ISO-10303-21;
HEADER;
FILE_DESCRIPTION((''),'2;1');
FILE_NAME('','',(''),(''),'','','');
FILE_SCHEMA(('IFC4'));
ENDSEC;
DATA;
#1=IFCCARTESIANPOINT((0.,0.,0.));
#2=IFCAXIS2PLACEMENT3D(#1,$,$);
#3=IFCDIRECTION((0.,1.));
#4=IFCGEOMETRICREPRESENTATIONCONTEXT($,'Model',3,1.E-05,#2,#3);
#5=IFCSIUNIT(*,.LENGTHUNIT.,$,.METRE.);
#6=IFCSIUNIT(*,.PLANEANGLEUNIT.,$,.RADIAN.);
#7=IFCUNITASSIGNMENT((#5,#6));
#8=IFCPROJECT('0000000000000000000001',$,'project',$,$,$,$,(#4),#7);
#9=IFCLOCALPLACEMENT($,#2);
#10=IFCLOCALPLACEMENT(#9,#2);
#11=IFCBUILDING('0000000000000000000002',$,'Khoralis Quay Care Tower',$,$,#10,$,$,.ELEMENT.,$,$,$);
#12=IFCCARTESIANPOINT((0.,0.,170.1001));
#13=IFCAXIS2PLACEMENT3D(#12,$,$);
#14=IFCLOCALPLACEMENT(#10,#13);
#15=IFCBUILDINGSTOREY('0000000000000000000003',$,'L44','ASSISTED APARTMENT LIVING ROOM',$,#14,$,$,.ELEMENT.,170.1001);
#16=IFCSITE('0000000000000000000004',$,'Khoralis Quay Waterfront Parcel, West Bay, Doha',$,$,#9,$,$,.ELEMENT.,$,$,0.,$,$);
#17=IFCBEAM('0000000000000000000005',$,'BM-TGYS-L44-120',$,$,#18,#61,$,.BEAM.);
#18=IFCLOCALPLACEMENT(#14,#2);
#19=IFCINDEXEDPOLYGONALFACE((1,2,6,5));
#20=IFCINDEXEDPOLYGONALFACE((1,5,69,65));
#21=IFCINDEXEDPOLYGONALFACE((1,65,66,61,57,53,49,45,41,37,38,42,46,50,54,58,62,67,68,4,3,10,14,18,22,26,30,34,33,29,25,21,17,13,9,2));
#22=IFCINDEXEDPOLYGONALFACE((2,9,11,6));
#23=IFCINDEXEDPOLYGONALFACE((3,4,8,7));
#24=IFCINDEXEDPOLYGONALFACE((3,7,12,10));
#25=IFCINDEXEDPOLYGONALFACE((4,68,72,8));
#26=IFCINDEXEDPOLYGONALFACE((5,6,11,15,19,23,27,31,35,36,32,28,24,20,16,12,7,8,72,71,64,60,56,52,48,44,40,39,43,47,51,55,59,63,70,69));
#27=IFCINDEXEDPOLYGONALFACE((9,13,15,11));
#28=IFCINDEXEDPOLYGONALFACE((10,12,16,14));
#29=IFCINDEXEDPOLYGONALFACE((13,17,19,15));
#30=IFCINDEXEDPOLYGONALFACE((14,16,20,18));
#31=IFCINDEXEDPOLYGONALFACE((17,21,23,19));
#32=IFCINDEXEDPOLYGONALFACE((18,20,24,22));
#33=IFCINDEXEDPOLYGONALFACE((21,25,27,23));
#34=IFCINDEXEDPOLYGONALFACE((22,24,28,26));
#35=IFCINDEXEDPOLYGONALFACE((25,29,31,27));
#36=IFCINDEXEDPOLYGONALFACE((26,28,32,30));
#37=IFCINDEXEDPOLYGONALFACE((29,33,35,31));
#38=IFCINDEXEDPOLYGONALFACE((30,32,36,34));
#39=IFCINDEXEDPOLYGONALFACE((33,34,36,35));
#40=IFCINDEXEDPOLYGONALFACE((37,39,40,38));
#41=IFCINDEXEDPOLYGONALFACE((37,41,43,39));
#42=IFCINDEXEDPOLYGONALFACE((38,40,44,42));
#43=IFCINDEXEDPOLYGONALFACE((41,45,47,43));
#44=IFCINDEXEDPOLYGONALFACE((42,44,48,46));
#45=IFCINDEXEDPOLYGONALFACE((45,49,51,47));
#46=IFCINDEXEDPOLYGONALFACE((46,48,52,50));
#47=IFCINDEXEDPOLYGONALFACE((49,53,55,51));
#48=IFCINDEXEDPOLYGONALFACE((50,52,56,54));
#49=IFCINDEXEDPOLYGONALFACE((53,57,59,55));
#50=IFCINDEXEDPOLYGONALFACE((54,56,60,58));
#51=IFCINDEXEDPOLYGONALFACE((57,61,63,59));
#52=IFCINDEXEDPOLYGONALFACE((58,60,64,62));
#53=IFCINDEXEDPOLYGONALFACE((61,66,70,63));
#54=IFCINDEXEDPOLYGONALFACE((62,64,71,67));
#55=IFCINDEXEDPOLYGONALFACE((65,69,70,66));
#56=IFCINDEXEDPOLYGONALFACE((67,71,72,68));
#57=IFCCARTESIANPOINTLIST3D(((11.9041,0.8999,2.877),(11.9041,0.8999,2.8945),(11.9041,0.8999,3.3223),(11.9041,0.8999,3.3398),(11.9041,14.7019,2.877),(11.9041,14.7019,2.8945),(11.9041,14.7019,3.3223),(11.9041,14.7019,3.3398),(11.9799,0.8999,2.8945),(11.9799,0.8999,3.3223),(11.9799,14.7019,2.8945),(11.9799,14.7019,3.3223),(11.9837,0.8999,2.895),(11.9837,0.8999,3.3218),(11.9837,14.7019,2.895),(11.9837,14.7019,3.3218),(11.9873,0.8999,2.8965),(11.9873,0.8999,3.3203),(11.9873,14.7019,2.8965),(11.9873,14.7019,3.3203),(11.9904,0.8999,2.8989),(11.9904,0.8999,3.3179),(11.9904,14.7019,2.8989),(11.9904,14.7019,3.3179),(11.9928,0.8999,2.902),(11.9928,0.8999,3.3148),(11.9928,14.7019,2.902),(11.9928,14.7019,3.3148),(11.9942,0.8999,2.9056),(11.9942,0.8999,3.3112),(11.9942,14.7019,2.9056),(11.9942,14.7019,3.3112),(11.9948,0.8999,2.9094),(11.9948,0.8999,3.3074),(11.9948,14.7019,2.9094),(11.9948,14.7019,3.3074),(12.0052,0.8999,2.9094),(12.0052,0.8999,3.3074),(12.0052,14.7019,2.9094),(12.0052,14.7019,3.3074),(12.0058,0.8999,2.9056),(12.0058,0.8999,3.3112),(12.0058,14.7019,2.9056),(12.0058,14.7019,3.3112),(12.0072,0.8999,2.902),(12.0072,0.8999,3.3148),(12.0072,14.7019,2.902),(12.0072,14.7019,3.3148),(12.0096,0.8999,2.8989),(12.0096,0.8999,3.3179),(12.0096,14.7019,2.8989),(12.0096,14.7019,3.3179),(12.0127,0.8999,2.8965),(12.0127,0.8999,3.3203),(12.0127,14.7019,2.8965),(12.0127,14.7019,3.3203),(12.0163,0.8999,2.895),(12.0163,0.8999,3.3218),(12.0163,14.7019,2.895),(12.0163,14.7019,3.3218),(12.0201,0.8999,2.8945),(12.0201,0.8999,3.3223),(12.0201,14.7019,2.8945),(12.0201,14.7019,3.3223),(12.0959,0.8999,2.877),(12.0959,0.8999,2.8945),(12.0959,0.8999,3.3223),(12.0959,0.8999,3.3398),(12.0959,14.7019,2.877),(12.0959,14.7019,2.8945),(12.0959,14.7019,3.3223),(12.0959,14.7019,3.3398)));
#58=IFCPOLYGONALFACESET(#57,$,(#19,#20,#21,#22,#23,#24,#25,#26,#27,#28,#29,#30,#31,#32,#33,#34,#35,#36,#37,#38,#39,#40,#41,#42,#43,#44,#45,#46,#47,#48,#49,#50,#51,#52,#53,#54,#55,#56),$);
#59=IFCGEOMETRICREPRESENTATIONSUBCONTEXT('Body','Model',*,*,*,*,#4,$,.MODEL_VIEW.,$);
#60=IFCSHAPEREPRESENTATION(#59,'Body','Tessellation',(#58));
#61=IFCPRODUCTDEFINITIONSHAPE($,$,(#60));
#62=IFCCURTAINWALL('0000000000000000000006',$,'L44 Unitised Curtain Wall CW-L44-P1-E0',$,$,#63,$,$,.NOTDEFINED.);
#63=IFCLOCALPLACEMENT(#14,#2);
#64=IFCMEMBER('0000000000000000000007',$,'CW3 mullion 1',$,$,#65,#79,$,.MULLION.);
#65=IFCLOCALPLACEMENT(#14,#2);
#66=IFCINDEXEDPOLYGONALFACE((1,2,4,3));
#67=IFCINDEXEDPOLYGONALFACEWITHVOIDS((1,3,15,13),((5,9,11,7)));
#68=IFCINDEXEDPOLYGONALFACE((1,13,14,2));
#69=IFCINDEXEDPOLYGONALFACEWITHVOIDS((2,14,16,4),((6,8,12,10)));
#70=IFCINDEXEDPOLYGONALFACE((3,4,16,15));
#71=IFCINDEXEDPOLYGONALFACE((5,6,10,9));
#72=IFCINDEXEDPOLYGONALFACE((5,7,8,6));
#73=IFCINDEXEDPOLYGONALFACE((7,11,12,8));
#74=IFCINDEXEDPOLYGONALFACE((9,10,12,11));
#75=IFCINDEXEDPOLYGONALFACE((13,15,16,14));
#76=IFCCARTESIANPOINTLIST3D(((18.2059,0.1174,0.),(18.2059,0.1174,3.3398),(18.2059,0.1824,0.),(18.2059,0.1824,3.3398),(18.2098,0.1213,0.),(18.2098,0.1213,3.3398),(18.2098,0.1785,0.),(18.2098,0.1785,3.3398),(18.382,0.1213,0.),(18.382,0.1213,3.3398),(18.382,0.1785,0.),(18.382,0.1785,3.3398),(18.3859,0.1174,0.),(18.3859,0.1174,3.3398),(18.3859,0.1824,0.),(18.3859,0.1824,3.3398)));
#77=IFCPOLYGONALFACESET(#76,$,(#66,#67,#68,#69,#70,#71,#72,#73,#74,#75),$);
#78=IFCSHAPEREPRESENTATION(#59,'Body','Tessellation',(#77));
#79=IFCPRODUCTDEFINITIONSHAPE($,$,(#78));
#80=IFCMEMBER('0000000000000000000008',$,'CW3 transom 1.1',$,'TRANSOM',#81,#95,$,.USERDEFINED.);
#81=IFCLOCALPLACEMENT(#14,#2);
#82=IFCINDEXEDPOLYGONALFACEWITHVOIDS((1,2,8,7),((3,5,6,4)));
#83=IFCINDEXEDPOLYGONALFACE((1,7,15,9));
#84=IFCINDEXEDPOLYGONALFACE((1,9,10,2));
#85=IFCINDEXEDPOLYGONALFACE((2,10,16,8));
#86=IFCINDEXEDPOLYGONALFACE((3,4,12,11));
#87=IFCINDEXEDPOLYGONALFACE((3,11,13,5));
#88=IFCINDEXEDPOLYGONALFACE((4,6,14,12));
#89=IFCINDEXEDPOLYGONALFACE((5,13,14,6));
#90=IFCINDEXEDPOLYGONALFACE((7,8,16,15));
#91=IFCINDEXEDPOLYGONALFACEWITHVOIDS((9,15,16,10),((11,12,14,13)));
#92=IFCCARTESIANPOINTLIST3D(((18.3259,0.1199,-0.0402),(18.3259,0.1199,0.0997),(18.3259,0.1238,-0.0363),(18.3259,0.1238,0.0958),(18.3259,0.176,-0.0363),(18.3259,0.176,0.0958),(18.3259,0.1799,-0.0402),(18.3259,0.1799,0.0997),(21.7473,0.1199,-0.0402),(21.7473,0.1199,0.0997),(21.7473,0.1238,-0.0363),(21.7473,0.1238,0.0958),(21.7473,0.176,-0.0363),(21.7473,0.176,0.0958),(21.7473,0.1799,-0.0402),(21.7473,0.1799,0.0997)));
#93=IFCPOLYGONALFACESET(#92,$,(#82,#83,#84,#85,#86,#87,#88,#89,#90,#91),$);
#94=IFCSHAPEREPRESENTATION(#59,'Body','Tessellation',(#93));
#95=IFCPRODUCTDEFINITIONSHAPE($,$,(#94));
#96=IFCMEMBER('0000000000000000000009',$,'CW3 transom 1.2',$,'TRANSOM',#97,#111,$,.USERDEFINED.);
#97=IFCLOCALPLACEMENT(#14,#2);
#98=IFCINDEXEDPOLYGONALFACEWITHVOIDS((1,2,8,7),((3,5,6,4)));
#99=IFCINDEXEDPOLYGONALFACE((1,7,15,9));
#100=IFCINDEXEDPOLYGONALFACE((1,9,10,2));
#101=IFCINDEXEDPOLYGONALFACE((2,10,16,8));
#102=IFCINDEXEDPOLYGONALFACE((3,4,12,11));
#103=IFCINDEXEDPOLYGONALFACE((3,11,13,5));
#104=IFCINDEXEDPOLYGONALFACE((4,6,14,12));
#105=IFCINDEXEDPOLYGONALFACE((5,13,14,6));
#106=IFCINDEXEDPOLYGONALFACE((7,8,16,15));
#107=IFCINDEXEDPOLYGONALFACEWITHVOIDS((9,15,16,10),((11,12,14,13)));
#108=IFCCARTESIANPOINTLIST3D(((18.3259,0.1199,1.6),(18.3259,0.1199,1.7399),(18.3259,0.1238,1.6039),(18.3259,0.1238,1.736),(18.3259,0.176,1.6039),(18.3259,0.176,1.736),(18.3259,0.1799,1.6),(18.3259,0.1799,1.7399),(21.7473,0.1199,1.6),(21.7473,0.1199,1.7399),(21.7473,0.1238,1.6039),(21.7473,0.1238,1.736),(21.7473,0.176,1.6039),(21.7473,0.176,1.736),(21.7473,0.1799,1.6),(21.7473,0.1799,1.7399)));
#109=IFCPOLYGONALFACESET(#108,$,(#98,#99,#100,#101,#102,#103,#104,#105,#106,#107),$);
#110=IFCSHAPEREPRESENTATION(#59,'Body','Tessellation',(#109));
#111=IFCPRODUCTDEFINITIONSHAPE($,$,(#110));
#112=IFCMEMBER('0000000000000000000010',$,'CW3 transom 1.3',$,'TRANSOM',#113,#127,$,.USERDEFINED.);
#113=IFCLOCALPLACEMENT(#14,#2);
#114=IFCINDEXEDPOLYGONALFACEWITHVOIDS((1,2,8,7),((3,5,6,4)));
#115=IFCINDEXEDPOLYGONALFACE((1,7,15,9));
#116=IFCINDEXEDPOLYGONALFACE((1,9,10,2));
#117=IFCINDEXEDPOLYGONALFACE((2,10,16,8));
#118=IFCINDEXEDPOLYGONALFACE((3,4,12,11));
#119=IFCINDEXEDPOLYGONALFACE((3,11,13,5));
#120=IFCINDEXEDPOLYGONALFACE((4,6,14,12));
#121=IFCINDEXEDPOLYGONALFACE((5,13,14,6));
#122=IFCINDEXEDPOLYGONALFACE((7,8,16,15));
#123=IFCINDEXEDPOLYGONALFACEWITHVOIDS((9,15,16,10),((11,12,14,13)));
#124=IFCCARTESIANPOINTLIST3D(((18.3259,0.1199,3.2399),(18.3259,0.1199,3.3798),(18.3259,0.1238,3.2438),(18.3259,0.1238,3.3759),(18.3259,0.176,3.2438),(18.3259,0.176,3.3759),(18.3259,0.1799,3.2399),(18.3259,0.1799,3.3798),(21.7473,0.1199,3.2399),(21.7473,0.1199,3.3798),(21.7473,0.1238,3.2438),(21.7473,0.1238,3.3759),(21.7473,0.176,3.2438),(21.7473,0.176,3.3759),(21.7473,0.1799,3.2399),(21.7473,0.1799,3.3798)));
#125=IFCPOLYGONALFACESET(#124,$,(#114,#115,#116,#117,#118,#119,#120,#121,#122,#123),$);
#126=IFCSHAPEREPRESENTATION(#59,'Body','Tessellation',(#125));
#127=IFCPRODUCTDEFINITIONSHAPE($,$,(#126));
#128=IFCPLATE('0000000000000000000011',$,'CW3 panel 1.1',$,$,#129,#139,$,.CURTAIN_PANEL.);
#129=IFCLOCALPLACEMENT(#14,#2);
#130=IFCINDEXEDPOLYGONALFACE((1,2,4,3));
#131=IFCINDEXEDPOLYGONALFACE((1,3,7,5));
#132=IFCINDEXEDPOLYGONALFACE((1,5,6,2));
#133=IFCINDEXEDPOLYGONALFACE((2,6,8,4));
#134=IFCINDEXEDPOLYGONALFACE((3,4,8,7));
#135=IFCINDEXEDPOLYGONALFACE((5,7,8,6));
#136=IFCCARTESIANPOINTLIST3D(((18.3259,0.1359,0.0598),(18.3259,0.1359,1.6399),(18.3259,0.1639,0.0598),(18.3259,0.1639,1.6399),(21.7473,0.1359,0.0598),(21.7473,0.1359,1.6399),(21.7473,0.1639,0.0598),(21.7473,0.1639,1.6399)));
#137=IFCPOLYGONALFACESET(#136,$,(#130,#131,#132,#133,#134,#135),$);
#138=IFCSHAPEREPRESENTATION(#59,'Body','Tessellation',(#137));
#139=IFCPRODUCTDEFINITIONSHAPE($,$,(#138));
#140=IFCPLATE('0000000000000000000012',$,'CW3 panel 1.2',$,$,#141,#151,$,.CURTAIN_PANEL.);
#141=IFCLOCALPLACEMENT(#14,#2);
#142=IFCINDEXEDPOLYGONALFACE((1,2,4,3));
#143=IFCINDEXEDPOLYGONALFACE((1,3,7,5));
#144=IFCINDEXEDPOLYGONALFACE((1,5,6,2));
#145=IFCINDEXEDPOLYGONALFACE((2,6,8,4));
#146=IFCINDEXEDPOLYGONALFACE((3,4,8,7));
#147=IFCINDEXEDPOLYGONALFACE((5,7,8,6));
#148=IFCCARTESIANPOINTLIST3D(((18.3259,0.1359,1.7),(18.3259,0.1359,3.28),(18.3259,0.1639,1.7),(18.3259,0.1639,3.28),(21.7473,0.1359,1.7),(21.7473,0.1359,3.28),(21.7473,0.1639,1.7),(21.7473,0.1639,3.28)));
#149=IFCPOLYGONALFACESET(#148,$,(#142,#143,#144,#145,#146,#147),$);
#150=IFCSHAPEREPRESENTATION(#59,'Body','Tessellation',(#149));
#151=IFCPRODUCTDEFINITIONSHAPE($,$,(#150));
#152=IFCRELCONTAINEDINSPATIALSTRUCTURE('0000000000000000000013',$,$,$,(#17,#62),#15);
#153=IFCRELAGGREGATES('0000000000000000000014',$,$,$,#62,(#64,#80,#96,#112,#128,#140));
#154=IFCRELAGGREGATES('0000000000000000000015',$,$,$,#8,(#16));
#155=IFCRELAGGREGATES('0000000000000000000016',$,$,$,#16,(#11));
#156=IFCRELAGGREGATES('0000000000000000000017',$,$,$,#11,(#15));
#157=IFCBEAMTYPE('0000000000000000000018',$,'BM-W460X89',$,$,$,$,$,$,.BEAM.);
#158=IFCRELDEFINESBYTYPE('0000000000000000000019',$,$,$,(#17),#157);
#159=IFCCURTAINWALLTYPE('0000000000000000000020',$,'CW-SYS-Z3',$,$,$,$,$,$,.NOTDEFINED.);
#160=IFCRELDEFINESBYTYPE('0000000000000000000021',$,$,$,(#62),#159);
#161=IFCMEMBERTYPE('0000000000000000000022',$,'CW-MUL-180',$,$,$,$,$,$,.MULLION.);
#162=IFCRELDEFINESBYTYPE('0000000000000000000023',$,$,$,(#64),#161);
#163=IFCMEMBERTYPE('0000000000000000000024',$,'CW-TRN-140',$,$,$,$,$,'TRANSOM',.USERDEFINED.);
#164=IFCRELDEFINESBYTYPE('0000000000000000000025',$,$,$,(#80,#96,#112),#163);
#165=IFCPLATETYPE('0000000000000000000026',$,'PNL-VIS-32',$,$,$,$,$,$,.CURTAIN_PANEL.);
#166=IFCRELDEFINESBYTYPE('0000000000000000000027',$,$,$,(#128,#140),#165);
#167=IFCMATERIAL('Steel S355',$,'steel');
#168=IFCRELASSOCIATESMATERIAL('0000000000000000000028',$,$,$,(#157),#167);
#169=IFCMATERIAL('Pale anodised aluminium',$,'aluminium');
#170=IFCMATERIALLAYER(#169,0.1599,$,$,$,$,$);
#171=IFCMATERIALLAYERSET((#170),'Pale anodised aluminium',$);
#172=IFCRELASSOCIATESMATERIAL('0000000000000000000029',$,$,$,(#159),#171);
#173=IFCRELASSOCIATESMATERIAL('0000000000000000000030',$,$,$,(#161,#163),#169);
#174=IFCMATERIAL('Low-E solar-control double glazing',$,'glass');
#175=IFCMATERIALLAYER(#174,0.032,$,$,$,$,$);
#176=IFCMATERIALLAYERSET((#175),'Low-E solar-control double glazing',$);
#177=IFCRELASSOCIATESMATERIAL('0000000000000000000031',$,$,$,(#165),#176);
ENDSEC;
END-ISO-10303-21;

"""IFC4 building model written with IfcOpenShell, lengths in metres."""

from ifc_helpers import new_model, si_unit, direction, frame, origin, origin_2d, place, context, subcontext, project, spatial, rectangle, hollow_rectangle, i_section, extrude, source, transform, mapped, material, layer, layer_set, material_profile, profile_set, type_object, element, aggregate, save


model = new_model("IFC4")

# Units and contexts
model_context = context("Model", 3, precision=1e-05, world=origin(), true_north=direction((0.0, 1.0)))
body_context = subcontext(model_context, "Body", "Model", "MODEL_VIEW")
ifc_project = project(units=[si_unit("LENGTHUNIT", "METRE"), si_unit("PLANEANGLEUNIT", "RADIAN")], contexts=[model_context])

# Site, building, storey
site_placement = place(None, origin())
site = spatial("IfcSite", under=ifc_project, at=site_placement, Name="Khoralis Quay Waterfront Parcel, West Bay, Doha", CompositionType="ELEMENT", RefElevation=0.0)
building_placement = place(site_placement, origin())
building = spatial("IfcBuilding", under=site, at=building_placement, Name="Khoralis Quay Care Tower", CompositionType="ELEMENT")
storey_placement = place(building_placement, frame((0.0, 0.0, 170.1001)))
storey = spatial("IfcBuildingStorey", under=building, at=storey_placement, Name="L44", Description="ASSISTED APARTMENT LIVING ROOM", CompositionType="ELEMENT", Elevation=170.1001)

# Beam
ifc_material_1 = material(Name="Steel S355", Category="steel")
ifc_material_profile_1 = material_profile(ifc_material_1, i_section(OverallWidth=0.1919, OverallDepth=0.4629, WebThickness=0.0105, FlangeThickness=0.0176, FilletRadius=0.0149, at=origin_2d()), Name="Steel S355")
ifc_profile_set_1 = profile_set([ifc_material_profile_1], Name="Steel S355")
beam_type_1 = type_object("IfcBeamType", Name="BM-W460X89", PredefinedType="BEAM", material=ifc_profile_set_1)
shared_shape_1 = source(origin(), body_context, "Body", "SweptSolid", [
    extrude(i_section(OverallWidth=0.1919, OverallDepth=0.4629, WebThickness=0.0105, FlangeThickness=0.0176, FilletRadius=0.0149, at=origin_2d()), origin(), (0.0, 0.0, 1.0), 13.802),
])
beam_1_placement = place(storey_placement, frame((12.0, 0.8999, 3.1084), z_axis=(0.0, 1.0, 0.0), x_axis=(-1.0, 0.0, 0.0)))
element("IfcBeam", 1, at=beam_1_placement, inside=storey, type_object=beam_type_1, Name="BM-TGYS-L44-120", PredefinedType="BEAM", context=body_context, shape_type="MappedRepresentation", body=[
    mapped(shared_shape_1, transform((0.0, 0.0, 0.0), scale=1.0)),
])

# Curtain wall, members, plates
ifc_material_2 = material(Name="Pale anodised aluminium", Category="aluminium")
ifc_layer_1 = layer(ifc_material_2, 0.1599)
ifc_layer_set_1 = layer_set([ifc_layer_1], Name="Pale anodised aluminium")
curtain_wall_type = type_object("IfcCurtainWallType", Name="CW-SYS-Z3", PredefinedType="NOTDEFINED", material=ifc_layer_set_1)
curtain_wall_placement = place(storey_placement, origin())
curtain_wall = element("IfcCurtainWall", 2, at=curtain_wall_placement, inside=storey, type_object=curtain_wall_type, Name="L44 Unitised Curtain Wall CW-L44-P1-E0", PredefinedType="NOTDEFINED")
ifc_material_profile_2 = material_profile(ifc_material_2, hollow_rectangle(XDim=0.0649, YDim=0.1799, WallThickness=0.0039, at=origin_2d()), Name="Pale anodised aluminium")
ifc_profile_set_2 = profile_set([ifc_material_profile_2], Name="Pale anodised aluminium")
member_type_1 = type_object("IfcMemberType", Name="CW-MUL-180", PredefinedType="MULLION", material=ifc_profile_set_2)
shared_shape_2 = source(origin(), body_context, "Body", "SweptSolid", [
    extrude(hollow_rectangle(XDim=0.0649, YDim=0.1799, WallThickness=0.0039, at=origin_2d()), origin(), (0.0, 0.0, 1.0), 3.3398),
])
member_1_placement = place(storey_placement, frame((18.2959, 0.1499, 0.0), z_axis=(0.0, 0.0, 1.0), x_axis=(0.0, 1.0, 0.0)))
member_1 = element("IfcMember", 3, at=member_1_placement, type_object=member_type_1, Name="CW3 mullion 1", PredefinedType="MULLION", context=body_context, shape_type="MappedRepresentation", body=[
    mapped(shared_shape_2, transform((0.0, 0.0, 0.0), scale=1.0)),
])
ifc_material_profile_3 = material_profile(ifc_material_2, hollow_rectangle(XDim=0.0601, YDim=0.1399, WallThickness=0.0039, at=origin_2d()), Name="Pale anodised aluminium")
ifc_profile_set_3 = profile_set([ifc_material_profile_3], Name="Pale anodised aluminium")
member_type_2 = type_object("IfcMemberType", Name="CW-TRN-140", ElementType="TRANSOM", PredefinedType="USERDEFINED", material=ifc_profile_set_3)
shared_shape_3 = source(origin(), body_context, "Body", "SweptSolid", [
    extrude(hollow_rectangle(XDim=0.0601, YDim=0.1399, WallThickness=0.0039, at=origin_2d()), origin(), (0.0, 0.0, 1.0), 3.4214),
])
member_2_placement = place(storey_placement, frame((18.3259, 0.1499, 0.0298), z_axis=(1.0, 0.0, 0.0), x_axis=(0.0, 1.0, 0.0)))
member_2 = element("IfcMember", 4, at=member_2_placement, type_object=member_type_2, Name="CW3 transom 1.1", ObjectType="TRANSOM", PredefinedType="USERDEFINED", context=body_context, shape_type="MappedRepresentation", body=[
    mapped(shared_shape_3, transform((0.0, 0.0, 0.0), scale=1.0)),
])
member_3_placement = place(storey_placement, frame((18.3259, 0.1499, 1.6699), z_axis=(1.0, 0.0, 0.0), x_axis=(0.0, 1.0, 0.0)))
member_3 = element("IfcMember", 5, at=member_3_placement, type_object=member_type_2, Name="CW3 transom 1.2", ObjectType="TRANSOM", PredefinedType="USERDEFINED", context=body_context, shape_type="MappedRepresentation", body=[
    mapped(shared_shape_3, transform((0.0, 0.0, 0.0), scale=1.0)),
])
member_4_placement = place(storey_placement, frame((18.3259, 0.1499, 3.3098), z_axis=(1.0, 0.0, 0.0), x_axis=(0.0, 1.0, 0.0)))
member_4 = element("IfcMember", 6, at=member_4_placement, type_object=member_type_2, Name="CW3 transom 1.3", ObjectType="TRANSOM", PredefinedType="USERDEFINED", context=body_context, shape_type="MappedRepresentation", body=[
    mapped(shared_shape_3, transform((0.0, 0.0, 0.0), scale=1.0)),
])
ifc_material_3 = material(Name="Low-E solar-control double glazing", Category="glass")
ifc_layer_2 = layer(ifc_material_3, 0.032)
ifc_layer_set_2 = layer_set([ifc_layer_2], Name="Low-E solar-control double glazing")
plate_type = type_object("IfcPlateType", Name="PNL-VIS-32", PredefinedType="CURTAIN_PANEL", material=ifc_layer_set_2)
shared_shape_4 = source(origin(), body_context, "Body", "SweptSolid", [
    extrude(rectangle(XDim=3.4214, YDim=0.0281, at=origin_2d()), origin(), (0.0, 0.0, 1.0), 1.5801),
])
plate_1_placement = place(storey_placement, frame((20.0366, 0.1499, 0.0598), z_axis=(0.0, 0.0, 1.0), x_axis=(1.0, 0.0, 0.0)))
plate_1 = element("IfcPlate", 7, at=plate_1_placement, type_object=plate_type, Name="CW3 panel 1.1", PredefinedType="CURTAIN_PANEL", context=body_context, shape_type="MappedRepresentation", body=[
    mapped(shared_shape_4, transform((0.0, 0.0, 0.0), scale=1.0)),
])
plate_2_placement = place(storey_placement, frame((20.0366, 0.1499, 1.7), z_axis=(0.0, 0.0, 1.0), x_axis=(1.0, 0.0, 0.0)))
plate_2 = element("IfcPlate", 8, at=plate_2_placement, type_object=plate_type, Name="CW3 panel 1.2", PredefinedType="CURTAIN_PANEL", context=body_context, shape_type="MappedRepresentation", body=[
    mapped(shared_shape_4, transform((0.0, 0.0, 0.0), scale=1.0)),
])
aggregate(curtain_wall, [member_1, member_2, member_3, member_4, plate_1, plate_2])

save(model, "model.ifc")
